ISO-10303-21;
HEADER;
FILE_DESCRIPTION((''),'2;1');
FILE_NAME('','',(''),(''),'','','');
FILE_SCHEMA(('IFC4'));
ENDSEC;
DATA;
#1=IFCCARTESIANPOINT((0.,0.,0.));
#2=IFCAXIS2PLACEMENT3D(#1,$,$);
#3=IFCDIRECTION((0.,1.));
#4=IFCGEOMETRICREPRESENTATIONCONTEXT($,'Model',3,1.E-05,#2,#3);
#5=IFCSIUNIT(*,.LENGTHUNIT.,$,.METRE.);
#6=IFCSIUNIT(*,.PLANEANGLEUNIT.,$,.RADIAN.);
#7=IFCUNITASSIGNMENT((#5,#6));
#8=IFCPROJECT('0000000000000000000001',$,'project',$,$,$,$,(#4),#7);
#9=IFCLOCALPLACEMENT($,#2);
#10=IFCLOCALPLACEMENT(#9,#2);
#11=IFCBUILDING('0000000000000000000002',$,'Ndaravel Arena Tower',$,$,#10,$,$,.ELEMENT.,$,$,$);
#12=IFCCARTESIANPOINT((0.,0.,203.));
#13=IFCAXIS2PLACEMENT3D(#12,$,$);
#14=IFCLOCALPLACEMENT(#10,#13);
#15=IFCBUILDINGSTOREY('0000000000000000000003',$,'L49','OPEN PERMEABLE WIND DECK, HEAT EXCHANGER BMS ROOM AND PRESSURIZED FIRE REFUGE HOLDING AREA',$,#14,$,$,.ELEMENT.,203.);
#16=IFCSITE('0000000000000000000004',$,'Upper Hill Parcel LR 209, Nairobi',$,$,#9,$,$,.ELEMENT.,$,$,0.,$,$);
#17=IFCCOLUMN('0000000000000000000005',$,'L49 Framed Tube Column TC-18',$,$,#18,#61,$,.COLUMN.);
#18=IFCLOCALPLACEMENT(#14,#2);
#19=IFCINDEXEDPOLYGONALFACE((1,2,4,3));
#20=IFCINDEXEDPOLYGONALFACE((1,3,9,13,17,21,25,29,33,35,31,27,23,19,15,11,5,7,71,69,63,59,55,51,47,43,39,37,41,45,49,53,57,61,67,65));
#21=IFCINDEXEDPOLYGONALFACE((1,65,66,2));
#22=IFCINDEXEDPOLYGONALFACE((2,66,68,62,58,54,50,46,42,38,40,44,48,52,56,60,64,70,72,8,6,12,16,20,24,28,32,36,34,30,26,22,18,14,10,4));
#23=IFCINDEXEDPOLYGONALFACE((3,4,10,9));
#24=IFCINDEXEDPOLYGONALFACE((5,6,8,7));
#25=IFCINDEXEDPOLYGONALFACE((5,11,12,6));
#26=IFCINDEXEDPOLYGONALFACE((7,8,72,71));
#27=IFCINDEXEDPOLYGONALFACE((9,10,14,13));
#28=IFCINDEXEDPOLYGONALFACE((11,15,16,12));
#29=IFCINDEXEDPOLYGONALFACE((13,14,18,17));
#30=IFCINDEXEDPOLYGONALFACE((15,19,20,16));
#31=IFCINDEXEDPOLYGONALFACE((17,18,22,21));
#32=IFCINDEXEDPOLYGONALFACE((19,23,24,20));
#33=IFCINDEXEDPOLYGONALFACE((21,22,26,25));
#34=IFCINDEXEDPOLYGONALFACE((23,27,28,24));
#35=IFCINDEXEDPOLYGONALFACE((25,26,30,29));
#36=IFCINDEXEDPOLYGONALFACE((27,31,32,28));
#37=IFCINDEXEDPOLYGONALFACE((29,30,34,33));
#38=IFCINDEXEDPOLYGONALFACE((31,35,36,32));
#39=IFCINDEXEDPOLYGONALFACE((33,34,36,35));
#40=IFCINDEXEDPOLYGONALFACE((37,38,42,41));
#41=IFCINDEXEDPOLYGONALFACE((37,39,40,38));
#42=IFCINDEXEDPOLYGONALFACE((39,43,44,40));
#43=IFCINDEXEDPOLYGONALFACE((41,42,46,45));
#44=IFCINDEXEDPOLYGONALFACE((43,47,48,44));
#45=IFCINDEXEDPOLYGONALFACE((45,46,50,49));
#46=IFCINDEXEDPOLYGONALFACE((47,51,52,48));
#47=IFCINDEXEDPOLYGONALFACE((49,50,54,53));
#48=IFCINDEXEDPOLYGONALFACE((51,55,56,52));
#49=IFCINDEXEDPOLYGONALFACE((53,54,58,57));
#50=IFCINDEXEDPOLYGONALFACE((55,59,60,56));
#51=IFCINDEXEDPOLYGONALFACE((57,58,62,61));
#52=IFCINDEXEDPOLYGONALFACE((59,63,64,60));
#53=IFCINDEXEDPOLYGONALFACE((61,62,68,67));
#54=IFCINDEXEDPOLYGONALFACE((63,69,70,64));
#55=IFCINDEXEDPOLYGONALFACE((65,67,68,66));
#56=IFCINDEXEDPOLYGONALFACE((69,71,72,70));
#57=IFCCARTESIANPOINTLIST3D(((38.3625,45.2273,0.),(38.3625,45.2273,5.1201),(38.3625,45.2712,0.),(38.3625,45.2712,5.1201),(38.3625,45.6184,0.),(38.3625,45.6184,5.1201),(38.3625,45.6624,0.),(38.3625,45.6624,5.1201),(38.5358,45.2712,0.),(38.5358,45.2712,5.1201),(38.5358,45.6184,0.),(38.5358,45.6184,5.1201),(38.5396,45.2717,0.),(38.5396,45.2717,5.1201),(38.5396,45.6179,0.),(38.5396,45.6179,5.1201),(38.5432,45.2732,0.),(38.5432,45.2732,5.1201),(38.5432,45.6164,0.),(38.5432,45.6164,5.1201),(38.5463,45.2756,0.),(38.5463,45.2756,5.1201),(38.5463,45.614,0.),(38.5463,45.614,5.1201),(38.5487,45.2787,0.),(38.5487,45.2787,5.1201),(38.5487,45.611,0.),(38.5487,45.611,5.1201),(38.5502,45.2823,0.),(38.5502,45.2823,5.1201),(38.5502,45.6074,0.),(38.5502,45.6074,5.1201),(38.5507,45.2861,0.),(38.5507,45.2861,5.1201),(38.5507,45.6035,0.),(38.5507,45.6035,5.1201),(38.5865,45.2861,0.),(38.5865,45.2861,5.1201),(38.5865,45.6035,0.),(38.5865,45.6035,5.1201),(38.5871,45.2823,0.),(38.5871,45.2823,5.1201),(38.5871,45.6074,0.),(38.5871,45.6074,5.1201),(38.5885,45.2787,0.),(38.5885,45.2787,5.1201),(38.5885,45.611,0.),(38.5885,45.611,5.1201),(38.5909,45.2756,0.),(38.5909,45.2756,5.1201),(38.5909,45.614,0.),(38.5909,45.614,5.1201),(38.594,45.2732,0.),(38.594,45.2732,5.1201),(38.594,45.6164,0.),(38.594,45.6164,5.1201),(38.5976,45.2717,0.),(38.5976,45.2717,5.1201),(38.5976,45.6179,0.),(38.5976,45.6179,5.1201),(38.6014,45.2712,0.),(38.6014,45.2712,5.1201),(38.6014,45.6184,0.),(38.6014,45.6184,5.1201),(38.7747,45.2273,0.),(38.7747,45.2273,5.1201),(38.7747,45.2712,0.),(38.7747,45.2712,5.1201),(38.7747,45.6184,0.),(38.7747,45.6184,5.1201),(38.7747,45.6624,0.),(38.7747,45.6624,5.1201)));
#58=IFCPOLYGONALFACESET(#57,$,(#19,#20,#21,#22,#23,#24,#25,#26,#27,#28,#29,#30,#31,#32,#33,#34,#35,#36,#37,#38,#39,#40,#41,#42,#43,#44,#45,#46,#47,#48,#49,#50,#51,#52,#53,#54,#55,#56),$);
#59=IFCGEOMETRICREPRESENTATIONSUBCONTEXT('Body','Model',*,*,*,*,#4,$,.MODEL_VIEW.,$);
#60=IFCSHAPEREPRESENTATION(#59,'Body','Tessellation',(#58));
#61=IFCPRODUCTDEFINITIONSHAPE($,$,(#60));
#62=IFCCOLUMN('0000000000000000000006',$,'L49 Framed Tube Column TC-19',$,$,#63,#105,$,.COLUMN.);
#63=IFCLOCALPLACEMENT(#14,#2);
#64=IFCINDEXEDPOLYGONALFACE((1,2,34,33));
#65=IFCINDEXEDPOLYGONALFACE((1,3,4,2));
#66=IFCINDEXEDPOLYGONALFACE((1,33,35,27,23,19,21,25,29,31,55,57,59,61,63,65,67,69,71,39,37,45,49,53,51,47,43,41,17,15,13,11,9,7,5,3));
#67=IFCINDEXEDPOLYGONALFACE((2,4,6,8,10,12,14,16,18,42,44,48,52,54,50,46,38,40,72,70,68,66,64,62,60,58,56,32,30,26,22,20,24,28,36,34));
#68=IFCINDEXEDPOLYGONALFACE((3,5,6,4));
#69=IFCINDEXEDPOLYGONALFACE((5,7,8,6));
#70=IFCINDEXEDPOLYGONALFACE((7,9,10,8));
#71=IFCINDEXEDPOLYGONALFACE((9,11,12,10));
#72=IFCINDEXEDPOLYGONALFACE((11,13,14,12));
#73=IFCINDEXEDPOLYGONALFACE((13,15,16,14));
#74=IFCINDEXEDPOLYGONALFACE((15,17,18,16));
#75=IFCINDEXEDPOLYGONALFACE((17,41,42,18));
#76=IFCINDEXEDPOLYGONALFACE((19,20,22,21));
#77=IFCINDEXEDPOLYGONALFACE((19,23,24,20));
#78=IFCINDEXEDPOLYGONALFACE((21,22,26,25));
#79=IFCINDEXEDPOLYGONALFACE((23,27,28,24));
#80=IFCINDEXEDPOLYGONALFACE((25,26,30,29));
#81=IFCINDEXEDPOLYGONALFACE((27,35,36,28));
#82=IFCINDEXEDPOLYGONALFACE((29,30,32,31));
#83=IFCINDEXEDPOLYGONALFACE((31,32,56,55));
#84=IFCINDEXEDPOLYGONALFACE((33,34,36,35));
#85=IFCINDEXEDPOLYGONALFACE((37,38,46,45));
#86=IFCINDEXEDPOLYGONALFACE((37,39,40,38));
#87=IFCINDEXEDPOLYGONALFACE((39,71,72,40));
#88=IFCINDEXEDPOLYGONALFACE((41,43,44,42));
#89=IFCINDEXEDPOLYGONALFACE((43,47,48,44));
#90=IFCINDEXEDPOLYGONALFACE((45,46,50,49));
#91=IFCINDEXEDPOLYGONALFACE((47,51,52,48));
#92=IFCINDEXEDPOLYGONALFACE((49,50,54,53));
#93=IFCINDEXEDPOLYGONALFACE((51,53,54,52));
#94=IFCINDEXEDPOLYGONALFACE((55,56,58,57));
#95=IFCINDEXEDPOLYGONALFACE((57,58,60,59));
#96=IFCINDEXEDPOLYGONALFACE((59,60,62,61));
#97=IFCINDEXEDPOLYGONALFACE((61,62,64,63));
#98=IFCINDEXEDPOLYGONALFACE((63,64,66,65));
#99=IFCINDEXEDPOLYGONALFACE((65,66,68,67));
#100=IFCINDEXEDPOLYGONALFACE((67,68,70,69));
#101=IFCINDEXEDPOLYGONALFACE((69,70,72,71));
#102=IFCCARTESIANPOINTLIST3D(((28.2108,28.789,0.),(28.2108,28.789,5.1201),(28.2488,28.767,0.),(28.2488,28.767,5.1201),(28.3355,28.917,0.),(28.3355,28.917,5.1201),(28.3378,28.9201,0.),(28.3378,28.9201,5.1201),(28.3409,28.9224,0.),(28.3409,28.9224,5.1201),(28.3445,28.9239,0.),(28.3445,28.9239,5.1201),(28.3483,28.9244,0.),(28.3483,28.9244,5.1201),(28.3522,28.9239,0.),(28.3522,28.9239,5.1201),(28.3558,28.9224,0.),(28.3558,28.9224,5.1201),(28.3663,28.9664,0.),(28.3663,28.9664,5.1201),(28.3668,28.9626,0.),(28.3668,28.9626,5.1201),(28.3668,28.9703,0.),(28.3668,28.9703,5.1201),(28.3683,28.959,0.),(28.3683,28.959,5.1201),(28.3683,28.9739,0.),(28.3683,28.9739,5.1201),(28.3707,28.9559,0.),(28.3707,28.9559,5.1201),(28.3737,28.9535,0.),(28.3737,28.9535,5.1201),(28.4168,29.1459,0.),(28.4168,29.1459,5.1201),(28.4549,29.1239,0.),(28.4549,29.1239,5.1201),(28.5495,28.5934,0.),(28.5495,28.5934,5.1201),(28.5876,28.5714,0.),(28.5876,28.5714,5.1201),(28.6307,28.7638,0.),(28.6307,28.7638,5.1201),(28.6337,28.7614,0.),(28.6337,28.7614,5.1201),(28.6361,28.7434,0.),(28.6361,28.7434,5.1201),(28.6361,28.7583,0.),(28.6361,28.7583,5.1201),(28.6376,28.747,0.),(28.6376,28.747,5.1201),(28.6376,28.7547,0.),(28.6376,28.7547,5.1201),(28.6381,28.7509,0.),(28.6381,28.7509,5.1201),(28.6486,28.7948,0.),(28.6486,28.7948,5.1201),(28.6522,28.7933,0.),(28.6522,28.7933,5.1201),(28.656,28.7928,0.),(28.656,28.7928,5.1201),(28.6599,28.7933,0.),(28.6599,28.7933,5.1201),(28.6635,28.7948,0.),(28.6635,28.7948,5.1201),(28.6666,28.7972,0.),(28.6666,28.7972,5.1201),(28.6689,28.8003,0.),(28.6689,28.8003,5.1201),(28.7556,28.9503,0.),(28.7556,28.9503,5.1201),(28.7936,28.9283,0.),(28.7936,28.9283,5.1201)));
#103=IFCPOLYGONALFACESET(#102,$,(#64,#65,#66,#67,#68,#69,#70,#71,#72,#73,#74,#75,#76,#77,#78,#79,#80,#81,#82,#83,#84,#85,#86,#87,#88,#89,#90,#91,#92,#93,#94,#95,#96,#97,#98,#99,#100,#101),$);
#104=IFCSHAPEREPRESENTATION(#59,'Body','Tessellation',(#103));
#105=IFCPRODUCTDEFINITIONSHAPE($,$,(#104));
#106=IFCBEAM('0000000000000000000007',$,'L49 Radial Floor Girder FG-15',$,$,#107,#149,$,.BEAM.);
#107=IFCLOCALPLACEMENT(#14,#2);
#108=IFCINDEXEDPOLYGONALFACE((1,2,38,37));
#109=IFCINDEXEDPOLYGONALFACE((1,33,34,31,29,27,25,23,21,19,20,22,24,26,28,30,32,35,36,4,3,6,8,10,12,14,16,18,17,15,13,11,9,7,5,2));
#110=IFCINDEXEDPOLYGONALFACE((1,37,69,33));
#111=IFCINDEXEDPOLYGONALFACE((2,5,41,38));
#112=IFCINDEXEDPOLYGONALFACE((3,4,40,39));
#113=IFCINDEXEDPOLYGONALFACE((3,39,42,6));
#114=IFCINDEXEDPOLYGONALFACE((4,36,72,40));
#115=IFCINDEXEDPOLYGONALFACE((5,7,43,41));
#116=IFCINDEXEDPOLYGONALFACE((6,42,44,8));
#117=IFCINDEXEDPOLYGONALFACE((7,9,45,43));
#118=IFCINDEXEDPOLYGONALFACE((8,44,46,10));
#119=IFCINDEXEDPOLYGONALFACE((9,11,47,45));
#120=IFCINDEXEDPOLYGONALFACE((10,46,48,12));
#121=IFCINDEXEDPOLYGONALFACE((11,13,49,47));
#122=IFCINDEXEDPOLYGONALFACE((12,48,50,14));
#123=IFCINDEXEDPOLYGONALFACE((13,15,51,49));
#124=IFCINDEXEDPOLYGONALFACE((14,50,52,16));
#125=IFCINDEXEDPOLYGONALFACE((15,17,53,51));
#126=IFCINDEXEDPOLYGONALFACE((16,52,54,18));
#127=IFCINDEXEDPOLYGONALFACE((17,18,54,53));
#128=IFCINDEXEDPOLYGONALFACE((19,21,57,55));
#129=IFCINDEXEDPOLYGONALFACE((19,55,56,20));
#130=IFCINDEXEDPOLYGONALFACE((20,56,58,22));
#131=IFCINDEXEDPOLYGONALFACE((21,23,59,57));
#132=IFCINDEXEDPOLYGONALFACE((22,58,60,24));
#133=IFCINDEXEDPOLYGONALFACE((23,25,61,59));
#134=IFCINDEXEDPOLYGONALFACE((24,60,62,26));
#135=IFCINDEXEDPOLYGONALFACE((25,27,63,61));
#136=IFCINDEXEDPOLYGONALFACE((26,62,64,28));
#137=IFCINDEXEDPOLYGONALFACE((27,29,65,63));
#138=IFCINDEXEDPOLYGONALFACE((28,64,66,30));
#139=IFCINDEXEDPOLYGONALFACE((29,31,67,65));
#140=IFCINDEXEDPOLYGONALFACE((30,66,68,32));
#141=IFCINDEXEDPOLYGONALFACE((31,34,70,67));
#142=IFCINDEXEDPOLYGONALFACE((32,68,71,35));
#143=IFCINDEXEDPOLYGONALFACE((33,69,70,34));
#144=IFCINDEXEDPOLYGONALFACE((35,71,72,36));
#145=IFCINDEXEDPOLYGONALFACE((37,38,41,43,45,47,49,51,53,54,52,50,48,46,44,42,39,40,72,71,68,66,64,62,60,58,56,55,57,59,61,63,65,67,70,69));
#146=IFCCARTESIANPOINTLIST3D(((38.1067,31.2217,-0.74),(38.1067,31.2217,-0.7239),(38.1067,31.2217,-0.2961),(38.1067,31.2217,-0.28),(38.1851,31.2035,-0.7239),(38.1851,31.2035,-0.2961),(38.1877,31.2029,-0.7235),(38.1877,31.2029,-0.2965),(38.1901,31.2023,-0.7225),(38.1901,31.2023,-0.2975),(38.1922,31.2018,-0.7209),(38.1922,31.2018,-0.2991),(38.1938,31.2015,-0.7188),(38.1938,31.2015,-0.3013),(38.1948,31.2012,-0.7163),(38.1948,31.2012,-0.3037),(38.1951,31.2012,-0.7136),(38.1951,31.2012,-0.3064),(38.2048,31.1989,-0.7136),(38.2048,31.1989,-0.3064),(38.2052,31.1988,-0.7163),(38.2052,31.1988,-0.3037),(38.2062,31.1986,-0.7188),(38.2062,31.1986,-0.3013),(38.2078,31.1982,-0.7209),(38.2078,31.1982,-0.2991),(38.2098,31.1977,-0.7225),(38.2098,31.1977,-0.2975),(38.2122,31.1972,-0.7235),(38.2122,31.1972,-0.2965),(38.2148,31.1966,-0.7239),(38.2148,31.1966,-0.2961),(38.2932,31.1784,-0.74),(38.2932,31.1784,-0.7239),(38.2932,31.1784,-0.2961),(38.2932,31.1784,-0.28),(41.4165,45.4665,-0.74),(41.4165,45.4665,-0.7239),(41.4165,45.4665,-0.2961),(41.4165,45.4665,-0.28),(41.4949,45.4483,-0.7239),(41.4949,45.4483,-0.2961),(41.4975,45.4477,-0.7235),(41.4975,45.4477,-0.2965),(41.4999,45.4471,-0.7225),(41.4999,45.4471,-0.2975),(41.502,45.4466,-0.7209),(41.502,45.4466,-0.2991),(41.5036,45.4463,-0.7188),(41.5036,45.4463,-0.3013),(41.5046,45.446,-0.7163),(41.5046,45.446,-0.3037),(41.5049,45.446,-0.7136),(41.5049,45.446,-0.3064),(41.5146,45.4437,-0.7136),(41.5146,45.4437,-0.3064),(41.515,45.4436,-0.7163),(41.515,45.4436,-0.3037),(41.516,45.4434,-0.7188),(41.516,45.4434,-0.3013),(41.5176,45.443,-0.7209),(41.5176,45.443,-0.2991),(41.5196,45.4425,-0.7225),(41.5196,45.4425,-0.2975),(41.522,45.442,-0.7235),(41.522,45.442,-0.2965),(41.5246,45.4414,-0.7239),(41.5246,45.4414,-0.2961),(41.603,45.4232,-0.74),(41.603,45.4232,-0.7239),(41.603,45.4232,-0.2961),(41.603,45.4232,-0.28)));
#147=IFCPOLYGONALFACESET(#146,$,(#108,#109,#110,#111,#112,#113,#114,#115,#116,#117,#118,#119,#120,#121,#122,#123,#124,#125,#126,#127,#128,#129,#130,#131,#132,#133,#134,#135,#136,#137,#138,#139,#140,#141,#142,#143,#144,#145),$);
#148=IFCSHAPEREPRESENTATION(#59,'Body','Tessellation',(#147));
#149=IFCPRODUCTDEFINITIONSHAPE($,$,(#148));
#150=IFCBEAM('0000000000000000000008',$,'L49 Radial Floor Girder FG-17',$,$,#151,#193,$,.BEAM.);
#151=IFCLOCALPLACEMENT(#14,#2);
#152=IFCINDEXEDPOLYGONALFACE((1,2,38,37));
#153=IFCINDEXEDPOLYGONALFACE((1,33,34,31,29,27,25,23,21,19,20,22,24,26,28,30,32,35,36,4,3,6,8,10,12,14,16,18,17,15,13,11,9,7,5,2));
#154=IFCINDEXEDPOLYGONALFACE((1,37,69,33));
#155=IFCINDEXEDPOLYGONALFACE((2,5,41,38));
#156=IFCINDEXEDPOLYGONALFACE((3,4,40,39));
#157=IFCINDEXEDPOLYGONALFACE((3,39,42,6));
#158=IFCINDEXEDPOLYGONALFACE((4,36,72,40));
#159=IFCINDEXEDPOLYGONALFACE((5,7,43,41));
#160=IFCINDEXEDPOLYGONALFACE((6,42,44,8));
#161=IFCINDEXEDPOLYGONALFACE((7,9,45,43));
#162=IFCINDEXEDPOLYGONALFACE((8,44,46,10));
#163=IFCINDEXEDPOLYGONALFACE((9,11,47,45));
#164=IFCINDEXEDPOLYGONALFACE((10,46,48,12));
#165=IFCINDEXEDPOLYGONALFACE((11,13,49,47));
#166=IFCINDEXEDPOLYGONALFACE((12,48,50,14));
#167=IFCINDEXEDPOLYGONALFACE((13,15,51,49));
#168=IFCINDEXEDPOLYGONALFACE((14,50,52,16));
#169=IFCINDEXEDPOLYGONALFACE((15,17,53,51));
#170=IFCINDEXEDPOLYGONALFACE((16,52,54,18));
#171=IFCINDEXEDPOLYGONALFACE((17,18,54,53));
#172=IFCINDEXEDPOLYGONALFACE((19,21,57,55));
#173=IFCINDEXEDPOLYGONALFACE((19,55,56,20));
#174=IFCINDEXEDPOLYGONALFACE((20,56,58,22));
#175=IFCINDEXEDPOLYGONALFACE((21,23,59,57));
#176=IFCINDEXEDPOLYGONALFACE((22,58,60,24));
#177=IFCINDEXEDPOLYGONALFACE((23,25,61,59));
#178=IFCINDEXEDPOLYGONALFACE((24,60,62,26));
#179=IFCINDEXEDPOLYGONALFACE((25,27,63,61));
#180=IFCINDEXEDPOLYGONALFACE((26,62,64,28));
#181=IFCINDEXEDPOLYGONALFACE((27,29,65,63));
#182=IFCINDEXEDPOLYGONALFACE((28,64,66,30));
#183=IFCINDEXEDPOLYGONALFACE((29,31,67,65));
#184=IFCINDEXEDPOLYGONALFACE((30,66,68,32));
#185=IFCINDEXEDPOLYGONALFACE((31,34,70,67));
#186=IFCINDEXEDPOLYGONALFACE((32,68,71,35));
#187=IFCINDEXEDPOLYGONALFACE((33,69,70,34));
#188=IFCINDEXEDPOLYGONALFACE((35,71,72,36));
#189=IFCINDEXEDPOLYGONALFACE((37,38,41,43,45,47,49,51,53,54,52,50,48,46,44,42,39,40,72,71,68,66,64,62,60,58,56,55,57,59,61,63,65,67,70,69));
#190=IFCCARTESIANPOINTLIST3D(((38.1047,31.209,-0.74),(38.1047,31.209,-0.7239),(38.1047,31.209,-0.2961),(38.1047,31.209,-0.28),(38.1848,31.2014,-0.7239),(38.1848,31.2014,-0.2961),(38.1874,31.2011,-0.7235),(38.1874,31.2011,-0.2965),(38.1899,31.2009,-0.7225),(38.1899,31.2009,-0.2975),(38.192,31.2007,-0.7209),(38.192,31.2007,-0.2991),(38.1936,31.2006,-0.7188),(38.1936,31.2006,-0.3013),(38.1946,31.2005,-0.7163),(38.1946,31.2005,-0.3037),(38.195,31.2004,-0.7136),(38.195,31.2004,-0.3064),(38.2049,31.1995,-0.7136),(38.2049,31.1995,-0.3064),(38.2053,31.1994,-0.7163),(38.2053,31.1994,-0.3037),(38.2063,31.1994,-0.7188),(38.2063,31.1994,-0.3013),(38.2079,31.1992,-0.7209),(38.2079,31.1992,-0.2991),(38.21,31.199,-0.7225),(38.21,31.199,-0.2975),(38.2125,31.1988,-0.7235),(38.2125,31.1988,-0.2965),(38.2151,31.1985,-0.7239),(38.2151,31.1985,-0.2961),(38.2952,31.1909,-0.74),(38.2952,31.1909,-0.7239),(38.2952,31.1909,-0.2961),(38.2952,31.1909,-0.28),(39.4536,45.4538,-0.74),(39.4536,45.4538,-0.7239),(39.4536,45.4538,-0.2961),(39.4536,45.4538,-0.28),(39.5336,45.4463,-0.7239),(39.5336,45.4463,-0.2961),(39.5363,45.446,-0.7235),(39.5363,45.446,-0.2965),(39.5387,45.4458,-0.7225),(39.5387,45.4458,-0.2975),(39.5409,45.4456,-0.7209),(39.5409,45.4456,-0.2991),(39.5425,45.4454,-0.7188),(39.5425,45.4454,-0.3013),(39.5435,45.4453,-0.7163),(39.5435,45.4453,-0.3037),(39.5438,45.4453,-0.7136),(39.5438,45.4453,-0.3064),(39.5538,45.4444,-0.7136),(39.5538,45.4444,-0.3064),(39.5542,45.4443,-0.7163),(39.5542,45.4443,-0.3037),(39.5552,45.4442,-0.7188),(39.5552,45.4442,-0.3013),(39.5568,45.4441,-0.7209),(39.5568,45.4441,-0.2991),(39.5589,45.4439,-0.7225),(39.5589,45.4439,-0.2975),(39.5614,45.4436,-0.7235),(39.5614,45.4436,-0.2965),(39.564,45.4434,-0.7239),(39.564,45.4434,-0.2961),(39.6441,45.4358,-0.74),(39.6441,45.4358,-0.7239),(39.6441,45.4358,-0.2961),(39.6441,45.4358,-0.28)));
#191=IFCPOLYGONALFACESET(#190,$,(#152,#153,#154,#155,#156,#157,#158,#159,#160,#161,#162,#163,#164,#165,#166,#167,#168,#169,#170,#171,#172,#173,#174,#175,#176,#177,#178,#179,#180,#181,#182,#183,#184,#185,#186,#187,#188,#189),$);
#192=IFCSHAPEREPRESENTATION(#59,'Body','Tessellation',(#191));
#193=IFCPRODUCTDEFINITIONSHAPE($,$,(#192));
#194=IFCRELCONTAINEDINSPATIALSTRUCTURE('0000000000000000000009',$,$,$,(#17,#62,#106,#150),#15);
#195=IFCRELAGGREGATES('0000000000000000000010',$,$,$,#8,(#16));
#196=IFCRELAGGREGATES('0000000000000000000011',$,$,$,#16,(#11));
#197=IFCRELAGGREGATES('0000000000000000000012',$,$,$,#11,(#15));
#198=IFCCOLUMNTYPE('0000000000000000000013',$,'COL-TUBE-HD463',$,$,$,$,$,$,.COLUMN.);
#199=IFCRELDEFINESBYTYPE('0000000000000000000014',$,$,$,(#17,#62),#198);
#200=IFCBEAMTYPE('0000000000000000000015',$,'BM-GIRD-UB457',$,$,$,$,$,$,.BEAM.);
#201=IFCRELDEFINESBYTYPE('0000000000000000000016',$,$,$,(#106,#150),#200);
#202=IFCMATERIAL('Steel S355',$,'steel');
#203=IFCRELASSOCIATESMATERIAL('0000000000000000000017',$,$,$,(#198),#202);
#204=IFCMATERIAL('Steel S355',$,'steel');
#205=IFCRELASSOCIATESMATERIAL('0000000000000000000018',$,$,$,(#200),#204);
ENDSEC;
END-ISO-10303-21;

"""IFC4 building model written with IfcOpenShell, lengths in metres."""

from ifc_helpers import new_model, si_unit, direction, frame, origin, origin_2d, place, context, subcontext, project, spatial, i_section, extrude, material, material_profile, profile_set, type_object, element, save


model = new_model("IFC4")

# Units and contexts
model_context = context("Model", 3, precision=1e-05, world=origin(), true_north=direction((0.0, 1.0)))
body_context = subcontext(model_context, "Body", "Model", "MODEL_VIEW")
ifc_project = project(units=[si_unit("LENGTHUNIT", "METRE"), si_unit("PLANEANGLEUNIT", "RADIAN")], contexts=[model_context])

# Site, building, storey
site_placement = place(None, origin())
site = spatial("IfcSite", under=ifc_project, at=site_placement, Name="Upper Hill Parcel LR 209, Nairobi", CompositionType="ELEMENT", RefElevation=0.0)
building_placement = place(site_placement, origin())
building = spatial("IfcBuilding", under=site, at=building_placement, Name="Ndaravel Arena Tower", CompositionType="ELEMENT")
storey_placement = place(building_placement, frame((0.0, 0.0, 203.0)))
storey = spatial("IfcBuildingStorey", under=building, at=storey_placement, Name="L49", Description="OPEN PERMEABLE WIND DECK, HEAT EXCHANGER BMS ROOM AND PRESSURIZED FIRE REFUGE HOLDING AREA", CompositionType="ELEMENT", Elevation=203.0)

# Columns
ifc_material_1 = material(Name="Steel S355", Category="steel")
ifc_material_profile_1 = material_profile(ifc_material_1, i_section(OverallWidth=0.4121, OverallDepth=0.4351, WebThickness=0.0359, FlangeThickness=0.0439, FilletRadius=0.0149, at=origin_2d()), Name="HD 400x463")
ifc_profile_set_1 = profile_set([ifc_material_profile_1], Name="Steel S355")
column_type_1 = type_object("IfcColumnType", Name="COL-TUBE-HD463", PredefinedType="COLUMN", material=ifc_profile_set_1)
for number, where, z_axis, x_axis, name in (
    (1, (38.5686, 45.4448, 0.0), (0.0, 0.0, 1.0), (1.0, 0.0, 0.0), "L49 Framed Tube Column TC-18"),
    (2, (28.5022, 28.8586, 0.0), (0.0, 0.0, 1.0), (0.5, 0.866025, 0.0), "L49 Framed Tube Column TC-19"),
):
    element("IfcColumn", number, at=place(storey_placement, frame(where, z_axis=z_axis, x_axis=x_axis)), inside=storey, type_object=column_type_1, Name=name, PredefinedType="COLUMN", context=body_context, shape_type="SweptSolid", body=[
        extrude(i_section(OverallWidth=0.4121, OverallDepth=0.4351, WebThickness=0.0359, FlangeThickness=0.0439, FilletRadius=0.0149, at=origin_2d()), origin(), (0.0, 0.0, 1.0), 5.1201),
    ])

# Beams
ifc_material_2 = material(Name="Steel S355", Category="steel")
ifc_material_profile_2 = material_profile(ifc_material_2, i_section(OverallWidth=0.1914, OverallDepth=0.46, WebThickness=0.01, FlangeThickness=0.0161, FilletRadius=0.0103, at=origin_2d()), Name="UB 457x191x82")
ifc_profile_set_2 = profile_set([ifc_material_profile_2], Name="Steel S355")
beam_type_1 = type_object("IfcBeamType", Name="BM-GIRD-UB457", PredefinedType="BEAM", material=ifc_profile_set_2)
beam_1_placement = place(storey_placement, frame((41.5098, 45.4448, -0.51), z_axis=(-0.226322, -0.974052, 0.0), x_axis=(0.974052, -0.226322, 0.0)))
element("IfcBeam", 3, at=beam_1_placement, inside=storey, type_object=beam_type_1, Name="L49 Radial Floor Girder FG-15", PredefinedType="BEAM", context=body_context, shape_type="SweptSolid", body=[
    extrude(i_section(OverallWidth=0.1914, OverallDepth=0.46, WebThickness=0.01, FlangeThickness=0.0161, FilletRadius=0.0103, at=origin_2d()), origin(), (0.0, 0.0, 1.0), 14.6243),
])
beam_2_placement = place(storey_placement, frame((39.5488, 45.4448, -0.51), z_axis=(-0.09427, -0.995547, 0.0), x_axis=(0.995547, -0.09427, 0.0)))
element("IfcBeam", 4, at=beam_2_placement, inside=storey, type_object=beam_type_1, Name="L49 Radial Floor Girder FG-17", PredefinedType="BEAM", context=body_context, shape_type="SweptSolid", body=[
    extrude(i_section(OverallWidth=0.1914, OverallDepth=0.46, WebThickness=0.01, FlangeThickness=0.0161, FilletRadius=0.0103, at=origin_2d()), origin(), (0.0, 0.0, 1.0), 14.3086),
])

save(model, "model.ifc")
